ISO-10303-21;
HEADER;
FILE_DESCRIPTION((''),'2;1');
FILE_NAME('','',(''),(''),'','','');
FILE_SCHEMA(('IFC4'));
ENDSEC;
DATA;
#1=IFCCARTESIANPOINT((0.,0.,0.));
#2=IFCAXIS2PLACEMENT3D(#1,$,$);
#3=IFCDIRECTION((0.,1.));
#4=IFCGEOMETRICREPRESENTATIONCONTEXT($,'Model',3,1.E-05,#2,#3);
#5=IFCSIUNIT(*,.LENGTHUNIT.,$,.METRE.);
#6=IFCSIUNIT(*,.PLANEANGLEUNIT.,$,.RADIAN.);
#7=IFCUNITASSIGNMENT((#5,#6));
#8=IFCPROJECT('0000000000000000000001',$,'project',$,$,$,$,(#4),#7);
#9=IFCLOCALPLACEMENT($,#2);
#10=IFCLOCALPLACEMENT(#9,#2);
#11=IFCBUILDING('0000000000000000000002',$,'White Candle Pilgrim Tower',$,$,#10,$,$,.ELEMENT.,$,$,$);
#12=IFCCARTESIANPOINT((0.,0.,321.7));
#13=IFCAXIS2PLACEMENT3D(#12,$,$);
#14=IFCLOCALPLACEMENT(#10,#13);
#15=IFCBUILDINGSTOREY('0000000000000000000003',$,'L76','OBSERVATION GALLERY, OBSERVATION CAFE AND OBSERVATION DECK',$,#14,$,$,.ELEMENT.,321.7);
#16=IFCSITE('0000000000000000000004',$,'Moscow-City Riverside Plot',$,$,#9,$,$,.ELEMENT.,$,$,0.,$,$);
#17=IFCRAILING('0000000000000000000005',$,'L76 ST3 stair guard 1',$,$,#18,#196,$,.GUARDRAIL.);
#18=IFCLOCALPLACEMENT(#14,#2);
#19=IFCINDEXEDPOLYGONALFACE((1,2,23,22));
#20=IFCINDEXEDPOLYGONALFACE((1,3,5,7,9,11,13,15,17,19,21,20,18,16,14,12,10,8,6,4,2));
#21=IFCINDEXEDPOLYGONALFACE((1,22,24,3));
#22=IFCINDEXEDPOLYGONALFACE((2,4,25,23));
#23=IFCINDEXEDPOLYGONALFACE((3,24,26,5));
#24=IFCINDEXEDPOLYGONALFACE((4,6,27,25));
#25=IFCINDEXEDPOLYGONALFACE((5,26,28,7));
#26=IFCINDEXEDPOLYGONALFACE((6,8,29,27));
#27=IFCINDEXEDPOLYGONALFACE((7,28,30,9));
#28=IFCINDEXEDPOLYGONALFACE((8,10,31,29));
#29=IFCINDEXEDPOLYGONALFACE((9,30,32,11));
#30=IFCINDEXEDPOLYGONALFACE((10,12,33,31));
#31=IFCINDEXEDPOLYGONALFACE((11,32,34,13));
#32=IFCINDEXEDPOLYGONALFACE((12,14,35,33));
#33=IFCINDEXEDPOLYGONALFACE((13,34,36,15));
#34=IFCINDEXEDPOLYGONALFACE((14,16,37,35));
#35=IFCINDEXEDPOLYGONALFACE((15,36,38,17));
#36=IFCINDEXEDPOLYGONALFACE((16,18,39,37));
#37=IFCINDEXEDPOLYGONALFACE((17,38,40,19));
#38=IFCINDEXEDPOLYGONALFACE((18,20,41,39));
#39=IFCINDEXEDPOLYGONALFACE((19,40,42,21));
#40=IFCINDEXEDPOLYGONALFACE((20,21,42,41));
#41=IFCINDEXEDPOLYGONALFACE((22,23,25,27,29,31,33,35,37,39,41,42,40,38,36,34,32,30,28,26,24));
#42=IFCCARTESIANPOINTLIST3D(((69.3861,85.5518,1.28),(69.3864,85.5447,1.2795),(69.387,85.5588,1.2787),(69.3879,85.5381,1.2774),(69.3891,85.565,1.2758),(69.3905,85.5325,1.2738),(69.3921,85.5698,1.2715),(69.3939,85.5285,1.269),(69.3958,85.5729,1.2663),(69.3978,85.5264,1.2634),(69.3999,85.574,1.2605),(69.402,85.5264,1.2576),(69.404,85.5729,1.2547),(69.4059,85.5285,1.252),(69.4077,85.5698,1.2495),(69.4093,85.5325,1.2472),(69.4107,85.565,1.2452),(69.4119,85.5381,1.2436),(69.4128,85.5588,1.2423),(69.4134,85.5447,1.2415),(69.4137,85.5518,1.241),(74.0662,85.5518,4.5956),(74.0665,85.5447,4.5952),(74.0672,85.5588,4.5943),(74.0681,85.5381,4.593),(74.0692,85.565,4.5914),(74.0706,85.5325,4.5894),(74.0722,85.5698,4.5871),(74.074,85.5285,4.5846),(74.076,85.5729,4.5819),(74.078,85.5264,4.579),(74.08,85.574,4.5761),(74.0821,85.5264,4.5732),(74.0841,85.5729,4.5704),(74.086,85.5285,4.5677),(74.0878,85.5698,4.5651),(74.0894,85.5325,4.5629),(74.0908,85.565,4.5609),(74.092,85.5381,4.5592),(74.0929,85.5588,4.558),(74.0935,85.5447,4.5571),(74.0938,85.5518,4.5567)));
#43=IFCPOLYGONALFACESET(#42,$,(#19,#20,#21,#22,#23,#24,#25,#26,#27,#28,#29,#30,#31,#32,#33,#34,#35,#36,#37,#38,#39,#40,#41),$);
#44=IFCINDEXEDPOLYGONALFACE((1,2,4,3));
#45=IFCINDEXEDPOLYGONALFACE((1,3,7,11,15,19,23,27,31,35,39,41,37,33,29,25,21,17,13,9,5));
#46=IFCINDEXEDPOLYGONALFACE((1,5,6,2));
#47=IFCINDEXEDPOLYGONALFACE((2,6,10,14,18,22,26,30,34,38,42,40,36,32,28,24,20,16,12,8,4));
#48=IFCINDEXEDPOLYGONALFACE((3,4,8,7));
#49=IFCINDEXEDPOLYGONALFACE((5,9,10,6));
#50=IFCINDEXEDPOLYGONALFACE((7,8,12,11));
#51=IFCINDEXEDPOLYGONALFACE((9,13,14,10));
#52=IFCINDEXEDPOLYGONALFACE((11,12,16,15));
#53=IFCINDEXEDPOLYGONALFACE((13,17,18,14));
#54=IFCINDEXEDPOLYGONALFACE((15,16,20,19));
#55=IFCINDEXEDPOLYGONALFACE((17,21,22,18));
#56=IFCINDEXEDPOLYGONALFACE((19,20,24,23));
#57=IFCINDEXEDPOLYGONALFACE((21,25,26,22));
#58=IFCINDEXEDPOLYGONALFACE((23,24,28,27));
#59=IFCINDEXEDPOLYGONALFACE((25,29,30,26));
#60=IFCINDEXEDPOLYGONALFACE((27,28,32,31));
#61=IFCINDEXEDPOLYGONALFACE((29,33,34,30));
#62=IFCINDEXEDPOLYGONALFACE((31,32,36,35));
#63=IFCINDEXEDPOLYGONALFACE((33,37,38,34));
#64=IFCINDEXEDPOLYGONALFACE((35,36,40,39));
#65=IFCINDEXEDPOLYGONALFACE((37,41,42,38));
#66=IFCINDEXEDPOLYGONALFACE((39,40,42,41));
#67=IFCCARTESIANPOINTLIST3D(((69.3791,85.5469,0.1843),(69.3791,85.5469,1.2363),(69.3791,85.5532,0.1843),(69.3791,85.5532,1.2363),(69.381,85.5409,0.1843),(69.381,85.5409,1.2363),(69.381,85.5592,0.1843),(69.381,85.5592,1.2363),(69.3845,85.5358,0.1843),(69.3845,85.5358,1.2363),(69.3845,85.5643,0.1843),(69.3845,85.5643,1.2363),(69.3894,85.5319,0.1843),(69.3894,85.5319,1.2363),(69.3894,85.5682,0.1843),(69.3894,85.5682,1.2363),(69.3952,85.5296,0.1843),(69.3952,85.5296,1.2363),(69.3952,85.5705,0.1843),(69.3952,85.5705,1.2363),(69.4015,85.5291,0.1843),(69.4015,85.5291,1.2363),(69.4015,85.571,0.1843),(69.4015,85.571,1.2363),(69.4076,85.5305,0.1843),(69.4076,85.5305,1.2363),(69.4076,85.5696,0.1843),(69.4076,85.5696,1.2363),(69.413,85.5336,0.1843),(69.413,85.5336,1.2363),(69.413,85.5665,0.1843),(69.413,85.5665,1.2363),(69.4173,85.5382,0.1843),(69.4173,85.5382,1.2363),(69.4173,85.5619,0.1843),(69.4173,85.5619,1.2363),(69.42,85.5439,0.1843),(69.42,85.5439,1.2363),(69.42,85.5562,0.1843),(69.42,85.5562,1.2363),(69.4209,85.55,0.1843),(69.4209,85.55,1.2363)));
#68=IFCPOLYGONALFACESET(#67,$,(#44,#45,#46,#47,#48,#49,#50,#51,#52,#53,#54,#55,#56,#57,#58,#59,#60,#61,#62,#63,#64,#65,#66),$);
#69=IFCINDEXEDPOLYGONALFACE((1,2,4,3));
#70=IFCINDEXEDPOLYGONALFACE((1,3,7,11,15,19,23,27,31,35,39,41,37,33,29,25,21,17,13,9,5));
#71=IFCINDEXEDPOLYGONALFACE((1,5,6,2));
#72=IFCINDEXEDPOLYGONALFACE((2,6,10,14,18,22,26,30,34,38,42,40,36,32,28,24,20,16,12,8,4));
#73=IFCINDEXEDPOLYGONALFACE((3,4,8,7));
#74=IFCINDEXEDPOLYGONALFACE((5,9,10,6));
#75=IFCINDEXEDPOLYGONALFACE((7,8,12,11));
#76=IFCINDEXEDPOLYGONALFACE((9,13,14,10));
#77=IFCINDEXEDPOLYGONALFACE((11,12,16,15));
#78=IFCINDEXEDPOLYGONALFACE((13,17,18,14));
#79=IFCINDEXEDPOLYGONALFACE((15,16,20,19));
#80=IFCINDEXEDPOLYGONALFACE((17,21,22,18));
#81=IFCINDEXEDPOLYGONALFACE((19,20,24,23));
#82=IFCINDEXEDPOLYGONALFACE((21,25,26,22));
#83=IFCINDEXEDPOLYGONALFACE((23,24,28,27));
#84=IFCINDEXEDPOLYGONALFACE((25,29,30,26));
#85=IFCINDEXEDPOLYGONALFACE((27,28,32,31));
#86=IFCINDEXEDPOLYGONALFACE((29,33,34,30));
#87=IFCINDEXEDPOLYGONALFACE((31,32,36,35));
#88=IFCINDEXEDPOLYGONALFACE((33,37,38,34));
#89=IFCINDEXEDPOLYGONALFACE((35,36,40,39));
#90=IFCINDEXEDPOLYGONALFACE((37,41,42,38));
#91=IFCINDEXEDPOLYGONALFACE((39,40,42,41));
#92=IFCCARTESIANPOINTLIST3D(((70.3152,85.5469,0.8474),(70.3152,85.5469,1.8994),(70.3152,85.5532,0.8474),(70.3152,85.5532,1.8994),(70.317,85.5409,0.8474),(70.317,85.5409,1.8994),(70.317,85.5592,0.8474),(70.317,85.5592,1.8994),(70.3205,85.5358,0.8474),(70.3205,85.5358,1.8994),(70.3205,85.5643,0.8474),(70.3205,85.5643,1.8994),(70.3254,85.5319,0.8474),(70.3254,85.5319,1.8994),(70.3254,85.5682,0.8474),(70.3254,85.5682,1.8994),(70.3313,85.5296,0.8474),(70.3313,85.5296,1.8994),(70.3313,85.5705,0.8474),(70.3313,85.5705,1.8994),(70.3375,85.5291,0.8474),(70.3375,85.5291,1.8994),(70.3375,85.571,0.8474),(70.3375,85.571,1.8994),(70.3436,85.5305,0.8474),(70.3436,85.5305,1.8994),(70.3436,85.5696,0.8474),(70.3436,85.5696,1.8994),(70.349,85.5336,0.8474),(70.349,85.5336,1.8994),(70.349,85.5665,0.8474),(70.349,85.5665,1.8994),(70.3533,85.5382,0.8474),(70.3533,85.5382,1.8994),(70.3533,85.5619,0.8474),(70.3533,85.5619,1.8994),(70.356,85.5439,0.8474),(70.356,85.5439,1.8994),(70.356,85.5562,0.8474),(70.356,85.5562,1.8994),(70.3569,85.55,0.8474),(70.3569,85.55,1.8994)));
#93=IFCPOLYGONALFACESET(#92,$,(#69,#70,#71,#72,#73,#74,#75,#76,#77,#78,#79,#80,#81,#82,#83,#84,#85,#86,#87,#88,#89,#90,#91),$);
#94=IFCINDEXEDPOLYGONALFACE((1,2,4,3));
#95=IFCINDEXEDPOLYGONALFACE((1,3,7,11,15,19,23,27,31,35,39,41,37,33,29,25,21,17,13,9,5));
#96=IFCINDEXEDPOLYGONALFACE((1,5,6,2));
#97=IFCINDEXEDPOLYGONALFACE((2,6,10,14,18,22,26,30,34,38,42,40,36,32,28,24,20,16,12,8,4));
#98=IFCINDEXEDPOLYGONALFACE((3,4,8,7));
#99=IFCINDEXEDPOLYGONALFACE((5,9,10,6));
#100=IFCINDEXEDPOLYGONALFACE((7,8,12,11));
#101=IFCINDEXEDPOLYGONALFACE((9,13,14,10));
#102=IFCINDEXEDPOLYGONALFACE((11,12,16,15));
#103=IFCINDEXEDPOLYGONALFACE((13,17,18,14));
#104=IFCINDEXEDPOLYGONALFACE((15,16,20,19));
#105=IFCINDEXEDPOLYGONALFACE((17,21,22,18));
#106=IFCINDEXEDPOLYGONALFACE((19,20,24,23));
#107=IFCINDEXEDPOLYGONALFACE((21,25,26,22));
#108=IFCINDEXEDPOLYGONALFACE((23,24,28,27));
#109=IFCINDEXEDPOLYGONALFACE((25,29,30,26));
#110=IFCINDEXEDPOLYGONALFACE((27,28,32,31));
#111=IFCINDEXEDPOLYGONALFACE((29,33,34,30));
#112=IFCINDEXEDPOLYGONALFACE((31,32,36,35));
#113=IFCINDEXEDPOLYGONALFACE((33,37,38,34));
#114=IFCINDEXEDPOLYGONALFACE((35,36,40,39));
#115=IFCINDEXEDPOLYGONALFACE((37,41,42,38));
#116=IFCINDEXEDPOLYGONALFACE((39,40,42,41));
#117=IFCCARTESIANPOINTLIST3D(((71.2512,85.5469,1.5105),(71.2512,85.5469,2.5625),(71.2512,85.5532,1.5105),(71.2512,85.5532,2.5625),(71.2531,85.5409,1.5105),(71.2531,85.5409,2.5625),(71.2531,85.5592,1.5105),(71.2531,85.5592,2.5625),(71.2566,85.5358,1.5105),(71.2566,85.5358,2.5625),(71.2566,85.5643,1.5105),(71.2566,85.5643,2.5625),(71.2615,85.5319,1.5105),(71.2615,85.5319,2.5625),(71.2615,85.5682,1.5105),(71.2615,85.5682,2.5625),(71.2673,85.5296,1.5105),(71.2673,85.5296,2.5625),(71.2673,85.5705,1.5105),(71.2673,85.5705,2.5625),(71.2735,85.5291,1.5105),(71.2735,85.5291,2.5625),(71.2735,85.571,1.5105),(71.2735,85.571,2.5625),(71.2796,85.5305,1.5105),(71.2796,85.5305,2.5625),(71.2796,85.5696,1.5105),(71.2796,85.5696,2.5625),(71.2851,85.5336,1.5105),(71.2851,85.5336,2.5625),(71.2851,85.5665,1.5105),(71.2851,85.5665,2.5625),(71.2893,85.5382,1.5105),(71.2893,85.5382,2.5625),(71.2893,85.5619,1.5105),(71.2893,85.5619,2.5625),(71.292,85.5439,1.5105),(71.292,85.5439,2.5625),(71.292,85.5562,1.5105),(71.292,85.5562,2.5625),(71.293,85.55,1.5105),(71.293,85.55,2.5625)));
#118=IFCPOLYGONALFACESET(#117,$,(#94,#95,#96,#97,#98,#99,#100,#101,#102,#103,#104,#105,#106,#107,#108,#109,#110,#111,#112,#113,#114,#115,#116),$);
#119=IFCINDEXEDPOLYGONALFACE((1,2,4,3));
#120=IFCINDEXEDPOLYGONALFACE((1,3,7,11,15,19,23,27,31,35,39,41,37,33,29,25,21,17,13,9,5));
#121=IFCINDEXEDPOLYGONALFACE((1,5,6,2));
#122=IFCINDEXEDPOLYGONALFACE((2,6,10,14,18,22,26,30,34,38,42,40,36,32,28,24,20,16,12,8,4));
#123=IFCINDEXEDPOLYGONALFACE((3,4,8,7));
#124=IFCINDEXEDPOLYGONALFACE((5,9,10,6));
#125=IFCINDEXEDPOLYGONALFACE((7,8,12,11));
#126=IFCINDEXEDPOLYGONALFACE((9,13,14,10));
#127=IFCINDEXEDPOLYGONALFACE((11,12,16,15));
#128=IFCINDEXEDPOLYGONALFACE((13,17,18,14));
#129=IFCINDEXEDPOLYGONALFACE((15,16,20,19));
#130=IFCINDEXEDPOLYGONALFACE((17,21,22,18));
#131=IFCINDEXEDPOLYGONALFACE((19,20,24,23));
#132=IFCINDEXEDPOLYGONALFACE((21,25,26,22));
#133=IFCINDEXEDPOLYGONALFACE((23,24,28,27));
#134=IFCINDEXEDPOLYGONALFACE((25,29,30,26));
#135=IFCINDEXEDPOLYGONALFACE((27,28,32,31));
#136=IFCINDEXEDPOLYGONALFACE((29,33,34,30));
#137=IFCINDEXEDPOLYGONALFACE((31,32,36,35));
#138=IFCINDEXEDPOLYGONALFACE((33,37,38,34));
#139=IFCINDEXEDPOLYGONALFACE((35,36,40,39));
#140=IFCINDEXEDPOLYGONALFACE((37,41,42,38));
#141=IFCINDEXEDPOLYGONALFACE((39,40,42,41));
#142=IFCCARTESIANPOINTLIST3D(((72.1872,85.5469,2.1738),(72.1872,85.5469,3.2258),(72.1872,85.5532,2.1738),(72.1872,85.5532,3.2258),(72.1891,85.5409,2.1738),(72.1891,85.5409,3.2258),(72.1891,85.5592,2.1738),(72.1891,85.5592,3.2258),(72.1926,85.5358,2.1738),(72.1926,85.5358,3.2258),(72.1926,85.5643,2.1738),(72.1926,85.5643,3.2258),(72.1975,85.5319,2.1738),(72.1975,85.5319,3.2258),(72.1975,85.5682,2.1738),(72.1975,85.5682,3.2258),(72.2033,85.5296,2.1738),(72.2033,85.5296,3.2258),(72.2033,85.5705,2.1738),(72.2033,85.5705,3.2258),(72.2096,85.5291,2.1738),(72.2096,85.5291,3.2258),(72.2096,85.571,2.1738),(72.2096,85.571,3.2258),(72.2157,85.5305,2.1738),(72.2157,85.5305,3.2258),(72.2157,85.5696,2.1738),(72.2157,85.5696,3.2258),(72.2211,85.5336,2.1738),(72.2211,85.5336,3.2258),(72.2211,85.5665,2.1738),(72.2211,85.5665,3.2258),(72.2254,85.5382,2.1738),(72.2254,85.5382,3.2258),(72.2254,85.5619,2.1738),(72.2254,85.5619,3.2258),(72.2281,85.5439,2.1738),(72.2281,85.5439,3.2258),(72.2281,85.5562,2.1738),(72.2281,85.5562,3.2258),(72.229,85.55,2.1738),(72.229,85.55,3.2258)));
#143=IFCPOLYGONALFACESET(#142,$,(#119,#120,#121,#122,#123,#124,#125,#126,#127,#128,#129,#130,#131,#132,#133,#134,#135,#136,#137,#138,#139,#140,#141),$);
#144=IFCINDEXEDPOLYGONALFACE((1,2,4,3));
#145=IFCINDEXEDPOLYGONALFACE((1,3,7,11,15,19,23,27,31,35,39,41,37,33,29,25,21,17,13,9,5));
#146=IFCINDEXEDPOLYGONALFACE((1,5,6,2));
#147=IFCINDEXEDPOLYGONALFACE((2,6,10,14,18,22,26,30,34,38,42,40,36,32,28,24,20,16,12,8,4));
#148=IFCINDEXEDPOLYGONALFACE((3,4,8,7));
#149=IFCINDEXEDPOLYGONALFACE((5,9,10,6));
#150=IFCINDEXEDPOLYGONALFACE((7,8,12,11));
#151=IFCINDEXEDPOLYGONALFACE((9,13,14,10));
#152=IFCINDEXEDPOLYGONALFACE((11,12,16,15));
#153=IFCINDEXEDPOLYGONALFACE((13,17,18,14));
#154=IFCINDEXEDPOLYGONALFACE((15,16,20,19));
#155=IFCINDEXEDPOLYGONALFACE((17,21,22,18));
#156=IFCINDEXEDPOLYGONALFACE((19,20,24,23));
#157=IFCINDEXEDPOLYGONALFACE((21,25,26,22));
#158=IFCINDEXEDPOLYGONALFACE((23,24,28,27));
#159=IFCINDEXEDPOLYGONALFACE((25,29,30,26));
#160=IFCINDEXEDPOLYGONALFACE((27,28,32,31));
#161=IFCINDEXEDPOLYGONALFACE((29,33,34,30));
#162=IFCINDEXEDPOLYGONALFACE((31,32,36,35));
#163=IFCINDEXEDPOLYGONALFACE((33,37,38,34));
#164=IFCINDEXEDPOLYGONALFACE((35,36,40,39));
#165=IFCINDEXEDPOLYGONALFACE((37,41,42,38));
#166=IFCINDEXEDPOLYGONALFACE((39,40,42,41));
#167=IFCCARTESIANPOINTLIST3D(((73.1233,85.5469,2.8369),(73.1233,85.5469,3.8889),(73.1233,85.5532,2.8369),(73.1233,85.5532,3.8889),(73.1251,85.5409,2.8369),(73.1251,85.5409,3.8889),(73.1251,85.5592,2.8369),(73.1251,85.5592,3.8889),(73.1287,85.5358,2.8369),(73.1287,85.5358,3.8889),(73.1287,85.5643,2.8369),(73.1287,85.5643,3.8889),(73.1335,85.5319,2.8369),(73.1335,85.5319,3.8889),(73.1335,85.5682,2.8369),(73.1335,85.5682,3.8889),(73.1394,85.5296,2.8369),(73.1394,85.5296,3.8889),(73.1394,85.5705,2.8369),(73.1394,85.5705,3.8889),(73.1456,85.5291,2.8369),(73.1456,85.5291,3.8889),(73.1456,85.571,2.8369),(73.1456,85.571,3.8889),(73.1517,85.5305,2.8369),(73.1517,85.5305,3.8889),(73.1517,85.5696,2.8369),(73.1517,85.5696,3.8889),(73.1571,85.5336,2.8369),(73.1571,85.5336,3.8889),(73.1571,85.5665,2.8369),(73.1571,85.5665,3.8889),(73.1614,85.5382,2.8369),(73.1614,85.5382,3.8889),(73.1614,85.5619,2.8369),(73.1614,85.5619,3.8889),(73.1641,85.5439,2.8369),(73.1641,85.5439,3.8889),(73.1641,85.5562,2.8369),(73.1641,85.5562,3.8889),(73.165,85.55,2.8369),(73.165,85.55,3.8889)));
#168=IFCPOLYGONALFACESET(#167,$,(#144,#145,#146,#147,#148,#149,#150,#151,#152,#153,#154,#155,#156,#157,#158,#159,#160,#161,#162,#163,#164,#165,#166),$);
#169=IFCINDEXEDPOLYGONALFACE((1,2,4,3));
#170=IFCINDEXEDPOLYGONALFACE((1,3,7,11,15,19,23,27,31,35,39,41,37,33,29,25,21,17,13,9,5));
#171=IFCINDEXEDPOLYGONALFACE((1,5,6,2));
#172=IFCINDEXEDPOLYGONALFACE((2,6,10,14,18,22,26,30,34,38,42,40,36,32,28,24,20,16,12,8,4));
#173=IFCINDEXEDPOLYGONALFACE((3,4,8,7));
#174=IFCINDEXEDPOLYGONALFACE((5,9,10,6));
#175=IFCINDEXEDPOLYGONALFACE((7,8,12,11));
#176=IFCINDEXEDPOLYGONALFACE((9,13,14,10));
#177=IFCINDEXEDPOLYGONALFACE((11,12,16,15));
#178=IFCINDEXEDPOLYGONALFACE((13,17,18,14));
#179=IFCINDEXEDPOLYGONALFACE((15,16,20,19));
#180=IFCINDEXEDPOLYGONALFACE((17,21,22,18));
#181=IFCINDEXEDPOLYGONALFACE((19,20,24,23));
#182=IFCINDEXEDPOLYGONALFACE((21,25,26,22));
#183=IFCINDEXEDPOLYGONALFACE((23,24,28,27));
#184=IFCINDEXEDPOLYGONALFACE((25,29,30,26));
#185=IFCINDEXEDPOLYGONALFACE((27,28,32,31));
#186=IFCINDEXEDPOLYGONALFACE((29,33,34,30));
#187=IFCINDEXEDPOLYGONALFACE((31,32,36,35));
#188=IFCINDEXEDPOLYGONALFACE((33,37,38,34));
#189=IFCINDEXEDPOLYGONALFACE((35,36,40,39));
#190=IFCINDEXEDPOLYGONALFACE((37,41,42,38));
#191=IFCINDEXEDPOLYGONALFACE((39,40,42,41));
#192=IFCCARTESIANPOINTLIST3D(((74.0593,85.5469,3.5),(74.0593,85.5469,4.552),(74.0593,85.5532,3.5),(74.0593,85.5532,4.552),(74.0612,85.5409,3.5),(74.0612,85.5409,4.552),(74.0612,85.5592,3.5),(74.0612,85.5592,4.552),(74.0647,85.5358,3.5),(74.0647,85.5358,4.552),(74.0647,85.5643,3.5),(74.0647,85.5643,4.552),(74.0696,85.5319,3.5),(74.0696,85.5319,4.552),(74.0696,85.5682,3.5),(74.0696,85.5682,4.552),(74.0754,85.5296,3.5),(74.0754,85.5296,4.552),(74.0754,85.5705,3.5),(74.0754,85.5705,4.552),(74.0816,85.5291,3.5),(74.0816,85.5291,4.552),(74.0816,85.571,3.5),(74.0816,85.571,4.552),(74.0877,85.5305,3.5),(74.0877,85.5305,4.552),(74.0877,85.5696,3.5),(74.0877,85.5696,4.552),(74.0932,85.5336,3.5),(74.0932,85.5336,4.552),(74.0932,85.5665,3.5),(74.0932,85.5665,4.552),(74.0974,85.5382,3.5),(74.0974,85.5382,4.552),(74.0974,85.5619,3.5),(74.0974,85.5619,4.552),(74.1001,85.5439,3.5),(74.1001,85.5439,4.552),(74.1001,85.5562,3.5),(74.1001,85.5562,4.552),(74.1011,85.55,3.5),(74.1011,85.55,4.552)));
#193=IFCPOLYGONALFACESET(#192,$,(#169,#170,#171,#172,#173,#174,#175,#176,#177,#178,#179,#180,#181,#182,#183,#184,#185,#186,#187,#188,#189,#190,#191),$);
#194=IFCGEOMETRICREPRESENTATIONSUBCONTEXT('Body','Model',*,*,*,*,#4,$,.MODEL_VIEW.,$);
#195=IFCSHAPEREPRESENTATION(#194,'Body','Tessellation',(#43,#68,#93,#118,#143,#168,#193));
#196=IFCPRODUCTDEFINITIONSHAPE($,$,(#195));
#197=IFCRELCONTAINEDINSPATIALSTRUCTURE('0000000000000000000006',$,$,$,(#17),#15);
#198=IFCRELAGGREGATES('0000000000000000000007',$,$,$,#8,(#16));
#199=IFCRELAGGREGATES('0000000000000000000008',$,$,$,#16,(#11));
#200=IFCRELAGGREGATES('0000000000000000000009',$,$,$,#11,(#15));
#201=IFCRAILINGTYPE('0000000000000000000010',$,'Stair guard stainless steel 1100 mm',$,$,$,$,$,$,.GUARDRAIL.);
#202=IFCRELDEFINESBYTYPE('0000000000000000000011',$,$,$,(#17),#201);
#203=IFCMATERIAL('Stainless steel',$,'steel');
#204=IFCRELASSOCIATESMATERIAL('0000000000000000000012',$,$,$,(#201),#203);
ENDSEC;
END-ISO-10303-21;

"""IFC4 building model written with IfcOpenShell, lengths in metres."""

from ifc_helpers import new_model, si_unit, direction, frame, origin, origin_2d, place, context, subcontext, project, spatial, circle, extrude, material, type_object, element, save


model = new_model("IFC4")

# Units and contexts
model_context = context("Model", 3, precision=1e-05, world=origin(), true_north=direction((0.0, 1.0)))
body_context = subcontext(model_context, "Body", "Model", "MODEL_VIEW")
ifc_project = project(units=[si_unit("LENGTHUNIT", "METRE"), si_unit("PLANEANGLEUNIT", "RADIAN")], contexts=[model_context])

# Site, building, storey
site_placement = place(None, origin())
site = spatial("IfcSite", under=ifc_project, at=site_placement, Name="Moscow-City Riverside Plot", CompositionType="ELEMENT", RefElevation=0.0)
building_placement = place(site_placement, origin())
building = spatial("IfcBuilding", under=site, at=building_placement, Name="White Candle Pilgrim Tower", CompositionType="ELEMENT")
storey_placement = place(building_placement, frame((0.0, 0.0, 321.7)))
storey = spatial("IfcBuildingStorey", under=building, at=storey_placement, Name="L76", Description="OBSERVATION GALLERY, OBSERVATION CAFE AND OBSERVATION DECK", CompositionType="ELEMENT", Elevation=321.7)

# Railing
ifc_material_1 = material(Name="Stainless steel", Category="steel")
railing_type_1 = type_object("IfcRailingType", Name="Stair guard stainless steel 1100 mm", PredefinedType="GUARDRAIL", material=ifc_material_1)
railing_1_placement = place(storey_placement, frame((69.3999, 85.55, 0.1843)))
element("IfcRailing", 1, at=railing_1_placement, inside=storey, type_object=railing_type_1, Name="L76 ST3 stair guard 1", PredefinedType="GUARDRAIL", context=body_context, shape_type="SweptSolid", body=[
    extrude(circle(Radius=0.0239, at=origin_2d()), frame((0.0, 0.0, 1.0762), z_axis=(0.815979, 0.0, 0.578081), x_axis=(0.0, 1.0, 0.0)), (0.0, 0.0, 1.0), 5.7356),
    extrude(circle(Radius=0.021, at=origin_2d()), origin(), (0.0, 0.0, 1.0), 1.052),
    extrude(circle(Radius=0.021, at=origin_2d()), frame((0.936, 0.0, 0.6631)), (0.0, 0.0, 1.0), 1.052),
    extrude(circle(Radius=0.021, at=origin_2d()), frame((1.8721, 0.0, 1.3262)), (0.0, 0.0, 1.0), 1.052),
    extrude(circle(Radius=0.021, at=origin_2d()), frame((2.8081, 0.0, 1.9895)), (0.0, 0.0, 1.0), 1.052),
    extrude(circle(Radius=0.021, at=origin_2d()), frame((3.7441, 0.0, 2.6526)), (0.0, 0.0, 1.0), 1.052),
    extrude(circle(Radius=0.021, at=origin_2d()), frame((4.6802, 0.0, 3.3157)), (0.0, 0.0, 1.0), 1.052),
])

save(model, "model.ifc")
